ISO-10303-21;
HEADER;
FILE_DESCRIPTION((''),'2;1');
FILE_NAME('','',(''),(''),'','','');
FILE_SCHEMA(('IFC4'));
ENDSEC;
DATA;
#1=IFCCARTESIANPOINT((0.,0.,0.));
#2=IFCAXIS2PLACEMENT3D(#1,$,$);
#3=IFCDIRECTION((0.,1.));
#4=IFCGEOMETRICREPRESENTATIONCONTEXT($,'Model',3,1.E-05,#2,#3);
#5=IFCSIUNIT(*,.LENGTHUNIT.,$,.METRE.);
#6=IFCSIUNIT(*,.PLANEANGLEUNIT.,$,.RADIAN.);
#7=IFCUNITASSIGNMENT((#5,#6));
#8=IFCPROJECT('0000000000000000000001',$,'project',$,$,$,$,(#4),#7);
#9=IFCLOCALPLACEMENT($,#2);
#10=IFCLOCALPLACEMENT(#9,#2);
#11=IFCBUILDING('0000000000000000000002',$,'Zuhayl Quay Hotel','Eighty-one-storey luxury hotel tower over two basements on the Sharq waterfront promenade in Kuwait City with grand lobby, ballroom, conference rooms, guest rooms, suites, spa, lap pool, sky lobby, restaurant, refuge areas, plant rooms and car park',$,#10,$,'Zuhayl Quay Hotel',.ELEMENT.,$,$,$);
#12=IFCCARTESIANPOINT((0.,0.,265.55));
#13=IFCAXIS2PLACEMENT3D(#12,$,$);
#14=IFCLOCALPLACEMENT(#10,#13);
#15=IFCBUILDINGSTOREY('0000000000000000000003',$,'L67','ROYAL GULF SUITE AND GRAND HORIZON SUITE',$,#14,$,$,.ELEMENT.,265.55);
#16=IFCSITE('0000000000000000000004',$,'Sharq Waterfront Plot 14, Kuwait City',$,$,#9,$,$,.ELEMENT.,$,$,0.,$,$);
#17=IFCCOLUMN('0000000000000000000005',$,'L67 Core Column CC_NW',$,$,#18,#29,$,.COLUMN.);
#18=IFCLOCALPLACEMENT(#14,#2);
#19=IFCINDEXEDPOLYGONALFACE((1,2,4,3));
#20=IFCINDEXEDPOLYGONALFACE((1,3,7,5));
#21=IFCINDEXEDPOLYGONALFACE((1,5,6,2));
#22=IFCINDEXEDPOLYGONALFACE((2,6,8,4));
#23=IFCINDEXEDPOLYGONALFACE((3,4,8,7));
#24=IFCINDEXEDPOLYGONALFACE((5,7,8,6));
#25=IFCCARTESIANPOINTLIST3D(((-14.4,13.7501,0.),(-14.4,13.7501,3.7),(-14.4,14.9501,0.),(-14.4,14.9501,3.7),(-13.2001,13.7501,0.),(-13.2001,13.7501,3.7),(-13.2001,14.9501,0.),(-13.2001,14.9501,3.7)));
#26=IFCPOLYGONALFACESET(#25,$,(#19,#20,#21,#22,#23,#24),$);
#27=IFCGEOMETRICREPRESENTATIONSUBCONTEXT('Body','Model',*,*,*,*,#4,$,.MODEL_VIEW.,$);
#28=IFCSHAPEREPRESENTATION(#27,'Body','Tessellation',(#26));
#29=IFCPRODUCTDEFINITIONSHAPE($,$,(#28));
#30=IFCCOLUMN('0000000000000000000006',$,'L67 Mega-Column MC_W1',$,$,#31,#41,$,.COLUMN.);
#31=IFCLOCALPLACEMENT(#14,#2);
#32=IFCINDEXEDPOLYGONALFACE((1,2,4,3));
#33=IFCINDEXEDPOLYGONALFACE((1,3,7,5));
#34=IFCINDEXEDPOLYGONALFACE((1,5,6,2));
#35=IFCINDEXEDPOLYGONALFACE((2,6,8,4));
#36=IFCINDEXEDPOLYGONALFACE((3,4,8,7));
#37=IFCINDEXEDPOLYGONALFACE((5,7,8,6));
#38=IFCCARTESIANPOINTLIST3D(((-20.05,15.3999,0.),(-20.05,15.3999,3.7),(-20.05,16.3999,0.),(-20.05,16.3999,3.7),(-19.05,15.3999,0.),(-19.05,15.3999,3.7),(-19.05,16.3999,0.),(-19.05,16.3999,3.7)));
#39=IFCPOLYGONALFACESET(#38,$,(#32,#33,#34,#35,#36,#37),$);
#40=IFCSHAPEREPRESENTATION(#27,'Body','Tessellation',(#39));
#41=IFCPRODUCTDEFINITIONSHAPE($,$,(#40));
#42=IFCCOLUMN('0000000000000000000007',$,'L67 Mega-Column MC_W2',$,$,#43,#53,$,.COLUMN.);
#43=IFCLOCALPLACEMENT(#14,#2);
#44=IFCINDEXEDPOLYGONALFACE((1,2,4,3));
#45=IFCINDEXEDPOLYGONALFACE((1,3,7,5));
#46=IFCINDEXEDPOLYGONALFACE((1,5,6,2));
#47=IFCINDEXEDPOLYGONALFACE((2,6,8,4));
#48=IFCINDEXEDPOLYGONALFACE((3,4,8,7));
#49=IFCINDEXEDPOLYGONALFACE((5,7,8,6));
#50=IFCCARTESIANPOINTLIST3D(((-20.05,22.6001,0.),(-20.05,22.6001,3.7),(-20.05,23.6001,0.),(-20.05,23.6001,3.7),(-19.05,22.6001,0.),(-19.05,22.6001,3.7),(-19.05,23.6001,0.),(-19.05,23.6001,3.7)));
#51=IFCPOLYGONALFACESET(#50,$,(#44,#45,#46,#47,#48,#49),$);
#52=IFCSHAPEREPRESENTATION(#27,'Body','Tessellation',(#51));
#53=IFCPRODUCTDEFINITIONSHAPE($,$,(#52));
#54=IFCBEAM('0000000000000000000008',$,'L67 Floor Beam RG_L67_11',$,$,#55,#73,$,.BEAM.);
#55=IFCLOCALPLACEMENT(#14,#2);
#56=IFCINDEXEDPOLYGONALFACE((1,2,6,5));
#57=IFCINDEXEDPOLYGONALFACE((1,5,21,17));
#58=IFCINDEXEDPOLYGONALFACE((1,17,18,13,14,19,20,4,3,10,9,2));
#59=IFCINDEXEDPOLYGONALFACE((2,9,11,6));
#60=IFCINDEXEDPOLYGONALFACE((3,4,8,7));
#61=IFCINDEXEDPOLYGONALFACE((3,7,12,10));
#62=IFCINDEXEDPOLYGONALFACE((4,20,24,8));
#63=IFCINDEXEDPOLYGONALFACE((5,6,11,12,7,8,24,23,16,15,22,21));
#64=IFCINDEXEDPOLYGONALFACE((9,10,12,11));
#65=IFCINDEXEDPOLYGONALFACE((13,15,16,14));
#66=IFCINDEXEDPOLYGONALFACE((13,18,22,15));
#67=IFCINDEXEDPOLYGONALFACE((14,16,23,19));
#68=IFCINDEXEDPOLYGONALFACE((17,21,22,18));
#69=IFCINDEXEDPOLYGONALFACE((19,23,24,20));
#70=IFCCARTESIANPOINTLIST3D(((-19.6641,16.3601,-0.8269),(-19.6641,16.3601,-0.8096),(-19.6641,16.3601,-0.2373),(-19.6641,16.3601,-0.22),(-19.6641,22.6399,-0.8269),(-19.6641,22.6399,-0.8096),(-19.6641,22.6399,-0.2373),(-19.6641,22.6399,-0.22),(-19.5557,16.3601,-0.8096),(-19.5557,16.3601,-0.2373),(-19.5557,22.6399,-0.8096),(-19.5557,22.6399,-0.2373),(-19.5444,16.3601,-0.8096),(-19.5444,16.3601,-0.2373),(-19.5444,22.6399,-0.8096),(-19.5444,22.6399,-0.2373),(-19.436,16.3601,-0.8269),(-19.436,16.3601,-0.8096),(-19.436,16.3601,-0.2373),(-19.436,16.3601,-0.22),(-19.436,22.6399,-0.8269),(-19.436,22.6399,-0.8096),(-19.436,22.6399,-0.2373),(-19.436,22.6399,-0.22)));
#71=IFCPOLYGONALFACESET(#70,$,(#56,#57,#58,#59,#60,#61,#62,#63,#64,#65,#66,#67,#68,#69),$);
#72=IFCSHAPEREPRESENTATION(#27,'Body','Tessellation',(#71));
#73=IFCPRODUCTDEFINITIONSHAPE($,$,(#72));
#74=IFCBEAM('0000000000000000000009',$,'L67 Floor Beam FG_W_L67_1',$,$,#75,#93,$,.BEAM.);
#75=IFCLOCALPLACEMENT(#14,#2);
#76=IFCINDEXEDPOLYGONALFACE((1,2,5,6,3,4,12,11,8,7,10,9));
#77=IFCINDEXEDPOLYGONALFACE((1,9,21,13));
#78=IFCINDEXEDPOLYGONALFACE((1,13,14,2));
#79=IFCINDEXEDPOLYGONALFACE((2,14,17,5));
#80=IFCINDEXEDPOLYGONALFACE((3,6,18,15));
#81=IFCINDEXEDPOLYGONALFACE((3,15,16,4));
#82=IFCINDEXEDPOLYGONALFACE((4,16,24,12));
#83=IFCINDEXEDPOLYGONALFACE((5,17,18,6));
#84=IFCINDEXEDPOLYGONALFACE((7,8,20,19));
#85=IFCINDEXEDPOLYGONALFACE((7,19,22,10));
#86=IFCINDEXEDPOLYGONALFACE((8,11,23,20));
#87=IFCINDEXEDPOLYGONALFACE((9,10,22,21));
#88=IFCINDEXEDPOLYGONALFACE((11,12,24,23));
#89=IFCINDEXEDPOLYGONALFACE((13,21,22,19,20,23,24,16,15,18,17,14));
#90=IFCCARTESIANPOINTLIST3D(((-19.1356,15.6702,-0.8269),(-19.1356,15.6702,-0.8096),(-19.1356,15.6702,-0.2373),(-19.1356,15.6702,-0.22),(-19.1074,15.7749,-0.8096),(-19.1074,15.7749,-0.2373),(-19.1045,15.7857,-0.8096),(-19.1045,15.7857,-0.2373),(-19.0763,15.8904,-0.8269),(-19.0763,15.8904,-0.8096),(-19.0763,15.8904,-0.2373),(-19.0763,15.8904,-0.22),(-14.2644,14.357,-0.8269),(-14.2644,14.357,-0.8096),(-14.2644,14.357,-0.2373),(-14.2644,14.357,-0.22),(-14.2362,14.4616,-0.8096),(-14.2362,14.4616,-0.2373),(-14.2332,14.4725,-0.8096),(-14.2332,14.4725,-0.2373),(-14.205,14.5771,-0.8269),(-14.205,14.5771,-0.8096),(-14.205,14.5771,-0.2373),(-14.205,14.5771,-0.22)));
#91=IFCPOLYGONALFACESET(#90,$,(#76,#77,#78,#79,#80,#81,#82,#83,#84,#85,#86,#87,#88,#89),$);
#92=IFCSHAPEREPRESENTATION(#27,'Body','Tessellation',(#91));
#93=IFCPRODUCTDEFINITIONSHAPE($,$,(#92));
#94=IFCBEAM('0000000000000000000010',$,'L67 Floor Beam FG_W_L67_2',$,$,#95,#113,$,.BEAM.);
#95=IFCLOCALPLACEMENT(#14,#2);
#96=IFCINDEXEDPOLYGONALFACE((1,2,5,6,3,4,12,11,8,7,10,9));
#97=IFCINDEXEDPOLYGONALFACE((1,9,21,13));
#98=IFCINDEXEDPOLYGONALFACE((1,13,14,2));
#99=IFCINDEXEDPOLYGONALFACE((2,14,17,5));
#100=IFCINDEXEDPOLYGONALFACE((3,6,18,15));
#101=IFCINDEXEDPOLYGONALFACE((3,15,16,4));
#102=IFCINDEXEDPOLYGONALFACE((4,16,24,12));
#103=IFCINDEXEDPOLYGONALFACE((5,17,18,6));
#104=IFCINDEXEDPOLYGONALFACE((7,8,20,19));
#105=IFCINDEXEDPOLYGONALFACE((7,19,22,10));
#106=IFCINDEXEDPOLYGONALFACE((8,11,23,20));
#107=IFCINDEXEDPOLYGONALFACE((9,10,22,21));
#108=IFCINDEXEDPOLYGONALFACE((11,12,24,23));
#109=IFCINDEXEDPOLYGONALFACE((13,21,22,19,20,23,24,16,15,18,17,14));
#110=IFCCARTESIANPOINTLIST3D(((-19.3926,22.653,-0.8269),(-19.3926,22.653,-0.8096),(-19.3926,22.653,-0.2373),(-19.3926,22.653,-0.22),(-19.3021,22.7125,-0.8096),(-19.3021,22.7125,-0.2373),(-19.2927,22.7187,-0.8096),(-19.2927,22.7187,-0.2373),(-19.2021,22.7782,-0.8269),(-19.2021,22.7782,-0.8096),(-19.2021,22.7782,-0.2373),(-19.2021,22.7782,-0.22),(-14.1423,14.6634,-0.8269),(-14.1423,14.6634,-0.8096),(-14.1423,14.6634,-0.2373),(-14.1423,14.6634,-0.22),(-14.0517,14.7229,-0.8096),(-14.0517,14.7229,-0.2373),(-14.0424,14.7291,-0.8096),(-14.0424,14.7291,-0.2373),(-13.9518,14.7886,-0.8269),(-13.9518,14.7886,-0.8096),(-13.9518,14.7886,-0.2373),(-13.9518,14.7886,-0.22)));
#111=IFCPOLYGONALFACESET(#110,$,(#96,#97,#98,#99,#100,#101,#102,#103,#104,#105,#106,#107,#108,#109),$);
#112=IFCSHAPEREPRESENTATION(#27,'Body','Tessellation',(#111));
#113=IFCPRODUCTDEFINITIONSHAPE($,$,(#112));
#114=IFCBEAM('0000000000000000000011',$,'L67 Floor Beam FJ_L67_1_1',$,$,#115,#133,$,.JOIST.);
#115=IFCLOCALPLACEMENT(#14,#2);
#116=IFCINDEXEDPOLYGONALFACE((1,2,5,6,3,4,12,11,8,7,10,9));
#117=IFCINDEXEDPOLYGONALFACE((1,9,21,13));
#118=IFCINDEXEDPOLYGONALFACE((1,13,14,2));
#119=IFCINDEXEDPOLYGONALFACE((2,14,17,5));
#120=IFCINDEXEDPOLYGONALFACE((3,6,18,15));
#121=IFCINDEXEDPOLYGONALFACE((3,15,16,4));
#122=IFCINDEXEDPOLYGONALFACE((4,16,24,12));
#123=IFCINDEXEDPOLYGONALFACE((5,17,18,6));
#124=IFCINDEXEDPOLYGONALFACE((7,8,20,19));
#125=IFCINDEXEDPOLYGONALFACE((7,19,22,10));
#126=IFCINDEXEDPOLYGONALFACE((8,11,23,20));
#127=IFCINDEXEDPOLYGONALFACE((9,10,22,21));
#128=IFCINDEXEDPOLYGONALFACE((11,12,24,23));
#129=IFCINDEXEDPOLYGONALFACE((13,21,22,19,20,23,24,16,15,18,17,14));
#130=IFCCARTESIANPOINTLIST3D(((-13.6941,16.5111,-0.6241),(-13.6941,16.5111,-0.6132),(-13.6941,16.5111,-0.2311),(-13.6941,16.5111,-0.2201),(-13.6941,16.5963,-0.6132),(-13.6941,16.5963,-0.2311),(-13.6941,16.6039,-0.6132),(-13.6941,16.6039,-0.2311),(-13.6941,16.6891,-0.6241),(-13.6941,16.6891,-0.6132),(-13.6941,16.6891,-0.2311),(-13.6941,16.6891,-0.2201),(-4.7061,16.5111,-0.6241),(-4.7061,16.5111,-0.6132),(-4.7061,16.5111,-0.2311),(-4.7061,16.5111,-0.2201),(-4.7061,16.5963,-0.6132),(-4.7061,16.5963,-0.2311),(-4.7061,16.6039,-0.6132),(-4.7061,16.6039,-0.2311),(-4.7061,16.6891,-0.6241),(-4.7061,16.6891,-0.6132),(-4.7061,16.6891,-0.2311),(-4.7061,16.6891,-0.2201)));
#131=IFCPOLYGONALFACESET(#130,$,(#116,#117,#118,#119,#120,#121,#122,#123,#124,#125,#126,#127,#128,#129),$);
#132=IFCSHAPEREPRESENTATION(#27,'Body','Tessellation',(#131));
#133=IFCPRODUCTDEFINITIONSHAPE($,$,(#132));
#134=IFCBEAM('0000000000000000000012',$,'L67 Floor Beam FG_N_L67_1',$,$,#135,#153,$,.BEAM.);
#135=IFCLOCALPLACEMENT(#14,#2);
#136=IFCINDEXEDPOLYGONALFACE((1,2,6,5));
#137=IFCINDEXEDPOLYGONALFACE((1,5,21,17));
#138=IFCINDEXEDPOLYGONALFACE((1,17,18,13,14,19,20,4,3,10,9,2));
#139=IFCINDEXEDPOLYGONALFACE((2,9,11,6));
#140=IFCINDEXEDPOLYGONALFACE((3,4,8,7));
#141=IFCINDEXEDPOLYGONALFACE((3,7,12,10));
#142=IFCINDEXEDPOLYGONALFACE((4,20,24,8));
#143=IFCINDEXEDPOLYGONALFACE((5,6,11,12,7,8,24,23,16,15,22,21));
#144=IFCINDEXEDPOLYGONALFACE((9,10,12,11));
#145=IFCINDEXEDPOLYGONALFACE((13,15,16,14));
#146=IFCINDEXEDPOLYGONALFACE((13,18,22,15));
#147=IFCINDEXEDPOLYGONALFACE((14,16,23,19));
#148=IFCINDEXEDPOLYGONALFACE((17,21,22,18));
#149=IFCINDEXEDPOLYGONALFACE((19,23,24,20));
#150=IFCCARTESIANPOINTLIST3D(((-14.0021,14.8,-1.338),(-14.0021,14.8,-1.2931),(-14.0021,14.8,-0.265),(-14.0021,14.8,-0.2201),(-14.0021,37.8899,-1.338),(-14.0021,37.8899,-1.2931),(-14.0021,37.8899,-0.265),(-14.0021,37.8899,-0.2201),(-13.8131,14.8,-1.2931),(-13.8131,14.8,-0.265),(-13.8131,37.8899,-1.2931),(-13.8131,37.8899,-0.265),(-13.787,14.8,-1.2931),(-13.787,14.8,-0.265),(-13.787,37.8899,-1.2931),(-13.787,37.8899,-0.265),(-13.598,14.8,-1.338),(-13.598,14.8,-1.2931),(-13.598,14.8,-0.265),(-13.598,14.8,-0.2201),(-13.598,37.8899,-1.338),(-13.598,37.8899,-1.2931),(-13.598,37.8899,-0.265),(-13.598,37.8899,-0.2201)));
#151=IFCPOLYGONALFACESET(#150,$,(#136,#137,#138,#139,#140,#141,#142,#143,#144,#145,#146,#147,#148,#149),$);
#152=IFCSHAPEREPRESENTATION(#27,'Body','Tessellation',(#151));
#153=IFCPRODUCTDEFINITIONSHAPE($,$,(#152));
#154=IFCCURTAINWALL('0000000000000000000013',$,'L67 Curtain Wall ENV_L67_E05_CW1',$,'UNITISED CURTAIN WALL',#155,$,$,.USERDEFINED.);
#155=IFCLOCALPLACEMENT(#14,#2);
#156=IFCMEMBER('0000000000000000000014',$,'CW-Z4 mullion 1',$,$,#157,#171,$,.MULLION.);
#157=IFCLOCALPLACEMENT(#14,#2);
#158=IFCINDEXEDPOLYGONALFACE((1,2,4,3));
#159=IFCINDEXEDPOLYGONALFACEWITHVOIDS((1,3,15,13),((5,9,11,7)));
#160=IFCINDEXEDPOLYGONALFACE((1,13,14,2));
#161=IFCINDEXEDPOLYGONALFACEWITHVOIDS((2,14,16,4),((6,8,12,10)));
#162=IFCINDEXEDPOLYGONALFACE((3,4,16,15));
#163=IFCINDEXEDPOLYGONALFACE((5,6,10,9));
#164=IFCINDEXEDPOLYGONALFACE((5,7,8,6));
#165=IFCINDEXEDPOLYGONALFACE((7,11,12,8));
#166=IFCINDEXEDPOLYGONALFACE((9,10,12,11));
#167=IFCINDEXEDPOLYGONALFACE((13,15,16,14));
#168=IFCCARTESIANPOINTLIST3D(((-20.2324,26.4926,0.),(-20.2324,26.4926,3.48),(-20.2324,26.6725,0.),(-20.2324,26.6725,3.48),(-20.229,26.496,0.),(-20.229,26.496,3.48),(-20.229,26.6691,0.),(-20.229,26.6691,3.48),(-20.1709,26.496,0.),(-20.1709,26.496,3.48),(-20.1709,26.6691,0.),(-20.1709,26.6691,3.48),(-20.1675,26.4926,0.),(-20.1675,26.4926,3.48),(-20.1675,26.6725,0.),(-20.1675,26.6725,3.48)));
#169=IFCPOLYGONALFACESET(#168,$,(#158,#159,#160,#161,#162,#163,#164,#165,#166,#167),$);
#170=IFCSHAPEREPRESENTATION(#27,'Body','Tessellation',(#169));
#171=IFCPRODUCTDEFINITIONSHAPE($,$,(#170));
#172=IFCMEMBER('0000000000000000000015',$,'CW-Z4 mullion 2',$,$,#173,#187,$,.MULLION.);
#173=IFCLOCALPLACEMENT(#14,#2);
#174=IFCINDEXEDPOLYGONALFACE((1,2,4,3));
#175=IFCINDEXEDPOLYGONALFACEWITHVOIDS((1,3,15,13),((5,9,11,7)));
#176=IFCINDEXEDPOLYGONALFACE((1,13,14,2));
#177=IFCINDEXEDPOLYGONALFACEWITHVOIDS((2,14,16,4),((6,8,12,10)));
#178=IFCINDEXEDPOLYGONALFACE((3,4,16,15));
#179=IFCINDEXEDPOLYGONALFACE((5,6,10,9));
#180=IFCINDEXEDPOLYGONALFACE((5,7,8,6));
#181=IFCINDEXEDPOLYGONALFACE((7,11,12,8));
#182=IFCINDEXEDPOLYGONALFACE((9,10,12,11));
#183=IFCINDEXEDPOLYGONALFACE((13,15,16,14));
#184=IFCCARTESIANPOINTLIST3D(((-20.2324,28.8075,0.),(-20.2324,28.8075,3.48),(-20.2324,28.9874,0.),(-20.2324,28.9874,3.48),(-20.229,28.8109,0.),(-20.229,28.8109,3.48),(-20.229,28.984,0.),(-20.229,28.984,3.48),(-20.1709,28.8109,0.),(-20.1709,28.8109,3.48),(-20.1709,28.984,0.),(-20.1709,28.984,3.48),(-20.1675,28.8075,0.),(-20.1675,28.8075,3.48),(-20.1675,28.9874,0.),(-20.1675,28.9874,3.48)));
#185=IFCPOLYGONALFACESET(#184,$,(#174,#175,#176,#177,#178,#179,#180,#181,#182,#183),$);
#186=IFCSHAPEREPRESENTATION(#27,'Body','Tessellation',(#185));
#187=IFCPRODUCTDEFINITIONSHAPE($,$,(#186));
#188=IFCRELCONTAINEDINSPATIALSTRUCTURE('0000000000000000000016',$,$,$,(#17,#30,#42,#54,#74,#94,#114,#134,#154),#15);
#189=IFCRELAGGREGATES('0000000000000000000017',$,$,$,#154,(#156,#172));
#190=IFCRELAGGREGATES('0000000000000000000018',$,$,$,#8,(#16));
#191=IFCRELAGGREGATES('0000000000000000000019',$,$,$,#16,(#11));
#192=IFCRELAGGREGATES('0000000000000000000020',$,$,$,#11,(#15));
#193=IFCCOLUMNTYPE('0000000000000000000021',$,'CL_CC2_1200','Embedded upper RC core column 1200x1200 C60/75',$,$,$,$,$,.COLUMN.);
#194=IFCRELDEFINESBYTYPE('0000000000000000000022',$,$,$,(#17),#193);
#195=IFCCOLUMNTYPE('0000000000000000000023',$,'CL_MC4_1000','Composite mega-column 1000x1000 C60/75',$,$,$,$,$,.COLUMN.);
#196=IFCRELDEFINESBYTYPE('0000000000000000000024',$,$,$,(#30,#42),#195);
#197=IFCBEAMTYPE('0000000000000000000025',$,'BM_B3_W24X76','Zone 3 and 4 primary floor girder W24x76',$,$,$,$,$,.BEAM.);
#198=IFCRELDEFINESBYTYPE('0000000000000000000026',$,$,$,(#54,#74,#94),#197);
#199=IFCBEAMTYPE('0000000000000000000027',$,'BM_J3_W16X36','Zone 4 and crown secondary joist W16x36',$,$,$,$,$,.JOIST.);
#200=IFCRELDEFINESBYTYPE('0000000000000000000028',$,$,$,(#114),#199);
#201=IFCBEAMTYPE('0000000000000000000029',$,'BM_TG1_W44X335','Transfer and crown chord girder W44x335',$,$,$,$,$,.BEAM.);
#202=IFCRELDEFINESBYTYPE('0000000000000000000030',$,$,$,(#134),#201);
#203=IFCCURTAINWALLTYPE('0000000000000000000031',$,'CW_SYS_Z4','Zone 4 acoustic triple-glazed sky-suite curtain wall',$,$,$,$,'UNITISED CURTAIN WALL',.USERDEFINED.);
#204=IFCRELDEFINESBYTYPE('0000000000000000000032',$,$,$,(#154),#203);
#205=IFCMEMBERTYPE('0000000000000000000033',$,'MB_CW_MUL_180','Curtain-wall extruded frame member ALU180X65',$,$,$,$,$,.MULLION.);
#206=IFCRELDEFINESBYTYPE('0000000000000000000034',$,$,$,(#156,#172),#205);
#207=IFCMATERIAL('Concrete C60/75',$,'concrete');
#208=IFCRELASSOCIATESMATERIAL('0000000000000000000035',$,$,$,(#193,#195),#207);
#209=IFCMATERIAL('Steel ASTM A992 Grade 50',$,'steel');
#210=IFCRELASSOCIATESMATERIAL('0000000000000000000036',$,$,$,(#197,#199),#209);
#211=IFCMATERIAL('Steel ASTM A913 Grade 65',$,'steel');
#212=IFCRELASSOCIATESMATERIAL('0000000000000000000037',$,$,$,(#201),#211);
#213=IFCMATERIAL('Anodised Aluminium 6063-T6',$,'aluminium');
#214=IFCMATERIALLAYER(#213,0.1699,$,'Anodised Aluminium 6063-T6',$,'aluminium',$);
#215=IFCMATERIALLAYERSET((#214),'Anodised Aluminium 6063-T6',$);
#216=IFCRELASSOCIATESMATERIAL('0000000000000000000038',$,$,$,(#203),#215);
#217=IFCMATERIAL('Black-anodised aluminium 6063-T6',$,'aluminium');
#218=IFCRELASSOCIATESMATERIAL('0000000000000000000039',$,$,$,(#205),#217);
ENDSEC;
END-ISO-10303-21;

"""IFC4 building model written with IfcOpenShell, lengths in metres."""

from ifc_helpers import new_model, si_unit, direction, frame, origin, origin_2d, place, context, subcontext, project, spatial, rectangle, hollow_rectangle, i_section, extrude, material, layer, layer_set, material_profile, profile_set, type_object, element, aggregate, save


model = new_model("IFC4")

# Units and contexts
model_context = context("Model", 3, precision=1e-05, world=origin(), true_north=direction((0.0, 1.0)))
body_context = subcontext(model_context, "Body", "Model", "MODEL_VIEW")
ifc_project = project(units=[si_unit("LENGTHUNIT", "METRE"), si_unit("PLANEANGLEUNIT", "RADIAN")], contexts=[model_context])

# Site, building, storey
site_placement = place(None, origin())
site = spatial("IfcSite", under=ifc_project, at=site_placement, Name="Sharq Waterfront Plot 14, Kuwait City", CompositionType="ELEMENT", RefElevation=0.0)
building_placement = place(site_placement, origin())
building = spatial("IfcBuilding", under=site, at=building_placement, Name="Zuhayl Quay Hotel", Description="Eighty-one-storey luxury hotel tower over two basements on the Sharq waterfront promenade in Kuwait City with grand lobby, ballroom, conference rooms, guest rooms, suites, spa, lap pool, sky lobby, restaurant, refuge areas, plant rooms and car park", LongName="Zuhayl Quay Hotel", CompositionType="ELEMENT")
storey_placement = place(building_placement, frame((0.0, 0.0, 265.55)))
storey = spatial("IfcBuildingStorey", under=building, at=storey_placement, Name="L67", Description="ROYAL GULF SUITE AND GRAND HORIZON SUITE", CompositionType="ELEMENT", Elevation=265.55)

# Columns
ifc_material_1 = material(Name="Concrete C60/75", Category="concrete")
ifc_material_profile_1 = material_profile(ifc_material_1, rectangle(XDim=1.2, YDim=1.2, at=origin_2d()), Name="RC1200X1200")
ifc_profile_set_1 = profile_set([ifc_material_profile_1], Name="Concrete C60/75")
column_type_1 = type_object("IfcColumnType", Name="CL_CC2_1200", Description="Embedded upper RC core column 1200x1200 C60/75", PredefinedType="COLUMN", material=ifc_profile_set_1)
column_placement = place(storey_placement, frame((-13.8, 14.3501, 0.0), z_axis=(0.0, 0.0, 1.0), x_axis=(1.0, 0.0, 0.0)))
element("IfcColumn", 1, at=column_placement, inside=storey, type_object=column_type_1, Name="L67 Core Column CC_NW", PredefinedType="COLUMN", context=body_context, shape_type="SweptSolid", body=[
    extrude(rectangle(XDim=1.2, YDim=1.2, at=origin_2d()), origin(), (0.0, 0.0, 1.0), 3.7),
])
ifc_material_profile_2 = material_profile(ifc_material_1, rectangle(XDim=1.0, YDim=1.0, at=origin_2d()), Name="RC1000X1000")
ifc_profile_set_2 = profile_set([ifc_material_profile_2], Name="Concrete C60/75")
column_type_2 = type_object("IfcColumnType", Name="CL_MC4_1000", Description="Composite mega-column 1000x1000 C60/75", PredefinedType="COLUMN", material=ifc_profile_set_2)
for number, where, z_axis, x_axis, name in (
    (2, (-19.55, 15.8999, 0.0), (0.0, 0.0, 1.0), (1.0, 0.0, 0.0), "L67 Mega-Column MC_W1"),
    (3, (-19.55, 23.1001, 0.0), (0.0, 0.0, 1.0), (1.0, 0.0, 0.0), "L67 Mega-Column MC_W2"),
):
    element("IfcColumn", number, at=place(storey_placement, frame(where, z_axis=z_axis, x_axis=x_axis)), inside=storey, type_object=column_type_2, Name=name, PredefinedType="COLUMN", context=body_context, shape_type="SweptSolid", body=[
        extrude(rectangle(XDim=1.0, YDim=1.0, at=origin_2d()), origin(), (0.0, 0.0, 1.0), 3.7),
    ])

# Beams
ifc_material_2 = material(Name="Steel ASTM A992 Grade 50", Category="steel")
ifc_material_profile_3 = material_profile(ifc_material_2, i_section(OverallWidth=0.228, OverallDepth=0.6069, WebThickness=0.0112, FlangeThickness=0.0173, at=origin_2d()), Name="W24X76")
ifc_profile_set_3 = profile_set([ifc_material_profile_3], Name="Steel ASTM A992 Grade 50")
beam_type_1 = type_object("IfcBeamType", Name="BM_B3_W24X76", Description="Zone 3 and 4 primary floor girder W24x76", PredefinedType="BEAM", material=ifc_profile_set_3)
beam_1_placement = place(storey_placement, frame((-19.55, 22.6399, -0.5234), z_axis=(0.0, -1.0, 0.0), x_axis=(1.0, 0.0, 0.0)))
element("IfcBeam", 4, at=beam_1_placement, inside=storey, type_object=beam_type_1, Name="L67 Floor Beam RG_L67_11", PredefinedType="BEAM", context=body_context, shape_type="SweptSolid", body=[
    extrude(i_section(OverallWidth=0.228, OverallDepth=0.6069, WebThickness=0.0112, FlangeThickness=0.0173, at=origin_2d()), origin(), (0.0, 0.0, 1.0), 6.2798),
])
beam_2_placement = place(storey_placement, frame((-19.106, 15.7803, -0.5234), z_axis=(0.96553, -0.260291, 0.0), x_axis=(0.260291, 0.96553, 0.0)))
element("IfcBeam", 5, at=beam_2_placement, inside=storey, type_object=beam_type_1, Name="L67 Floor Beam FG_W_L67_1", PredefinedType="BEAM", context=body_context, shape_type="SweptSolid", body=[
    extrude(i_section(OverallWidth=0.228, OverallDepth=0.6069, WebThickness=0.0112, FlangeThickness=0.0173, at=origin_2d()), origin(), (0.0, 0.0, 1.0), 5.0452),
])
beam_3_placement = place(storey_placement, frame((-19.2974, 22.7156, -0.5234), z_axis=(0.549178, -0.835705, 0.0), x_axis=(0.835705, 0.549178, 0.0)))
element("IfcBeam", 6, at=beam_3_placement, inside=storey, type_object=beam_type_1, Name="L67 Floor Beam FG_W_L67_2", PredefinedType="BEAM", context=body_context, shape_type="SweptSolid", body=[
    extrude(i_section(OverallWidth=0.228, OverallDepth=0.6069, WebThickness=0.0112, FlangeThickness=0.0173, at=origin_2d()), origin(), (0.0, 0.0, 1.0), 9.5603),
])
ifc_material_profile_4 = material_profile(ifc_material_2, i_section(OverallWidth=0.178, OverallDepth=0.4041, WebThickness=0.0076, FlangeThickness=0.011, at=origin_2d()), Name="W16X36")
ifc_profile_set_4 = profile_set([ifc_material_profile_4], Name="Steel ASTM A992 Grade 50")
beam_type_2 = type_object("IfcBeamType", Name="BM_J3_W16X36", Description="Zone 4 and crown secondary joist W16x36", PredefinedType="JOIST", material=ifc_profile_set_4)
beam_4_placement = place(storey_placement, frame((-13.6941, 16.6001, -0.4221), z_axis=(1.0, 0.0, 0.0), x_axis=(0.0, 1.0, 0.0)))
element("IfcBeam", 7, at=beam_4_placement, inside=storey, type_object=beam_type_2, Name="L67 Floor Beam FJ_L67_1_1", PredefinedType="JOIST", context=body_context, shape_type="SweptSolid", body=[
    extrude(i_section(OverallWidth=0.178, OverallDepth=0.4041, WebThickness=0.0076, FlangeThickness=0.011, at=origin_2d()), origin(), (0.0, 0.0, 1.0), 8.988),
])
ifc_material_3 = material(Name="Steel ASTM A913 Grade 65", Category="steel")
ifc_material_profile_5 = material_profile(ifc_material_3, i_section(OverallWidth=0.4041, OverallDepth=1.1179, WebThickness=0.0261, FlangeThickness=0.0449, at=origin_2d()), Name="W44X335")
ifc_profile_set_5 = profile_set([ifc_material_profile_5], Name="Steel ASTM A913 Grade 65")
beam_type_3 = type_object("IfcBeamType", Name="BM_TG1_W44X335", Description="Transfer and crown chord girder W44x335", PredefinedType="BEAM", material=ifc_profile_set_5)
beam_5_placement = place(storey_placement, frame((-13.8, 14.8, -0.7791), z_axis=(0.0, 1.0, 0.0), x_axis=(-1.0, 0.0, 0.0)))
element("IfcBeam", 8, at=beam_5_placement, inside=storey, type_object=beam_type_3, Name="L67 Floor Beam FG_N_L67_1", PredefinedType="BEAM", context=body_context, shape_type="SweptSolid", body=[
    extrude(i_section(OverallWidth=0.4041, OverallDepth=1.1179, WebThickness=0.0261, FlangeThickness=0.0449, at=origin_2d()), origin(), (0.0, 0.0, 1.0), 23.0898),
])

# Curtain wall, members
ifc_material_4 = material(Name="Anodised Aluminium 6063-T6", Category="aluminium")
ifc_layer_1 = layer(ifc_material_4, 0.1699, Name="Anodised Aluminium 6063-T6", Category="aluminium")
ifc_layer_set_1 = layer_set([ifc_layer_1], Name="Anodised Aluminium 6063-T6")
curtain_wall_type = type_object("IfcCurtainWallType", Name="CW_SYS_Z4", Description="Zone 4 acoustic triple-glazed sky-suite curtain wall", ElementType="UNITISED CURTAIN WALL", PredefinedType="USERDEFINED", material=ifc_layer_set_1)
curtain_wall_placement = place(storey_placement, origin())
curtain_wall = element("IfcCurtainWall", 9, at=curtain_wall_placement, inside=storey, type_object=curtain_wall_type, Name="L67 Curtain Wall ENV_L67_E05_CW1", ObjectType="UNITISED CURTAIN WALL", PredefinedType="USERDEFINED")
ifc_material_5 = material(Name="Black-anodised aluminium 6063-T6", Category="aluminium")
ifc_material_profile_6 = material_profile(ifc_material_5, hollow_rectangle(XDim=0.0649, YDim=0.1799, WallThickness=0.0034, at=origin_2d()), Name="ALU180X65")
ifc_profile_set_6 = profile_set([ifc_material_profile_6], Name="Black-anodised aluminium 6063-T6")
member_type_1 = type_object("IfcMemberType", Name="MB_CW_MUL_180", Description="Curtain-wall extruded frame member ALU180X65", PredefinedType="MULLION", material=ifc_profile_set_6)
member_1_placement = place(storey_placement, frame((-20.2, 26.5825, 0.0), z_axis=(0.0, 0.0, 1.0), x_axis=(-1.0, 0.0, 0.0)))
member_1 = element("IfcMember", 10, at=member_1_placement, type_object=member_type_1, Name="CW-Z4 mullion 1", PredefinedType="MULLION", context=body_context, shape_type="SweptSolid", body=[
    extrude(hollow_rectangle(XDim=0.0649, YDim=0.1799, WallThickness=0.0034, at=origin_2d()), origin(), (0.0, 0.0, 1.0), 3.48),
])
member_2_placement = place(storey_placement, frame((-20.2, 28.8975, 0.0), z_axis=(0.0, 0.0, 1.0), x_axis=(-1.0, 0.0, 0.0)))
member_2 = element("IfcMember", 11, at=member_2_placement, type_object=member_type_1, Name="CW-Z4 mullion 2", PredefinedType="MULLION", context=body_context, shape_type="SweptSolid", body=[
    extrude(hollow_rectangle(XDim=0.0649, YDim=0.1799, WallThickness=0.0034, at=origin_2d()), origin(), (0.0, 0.0, 1.0), 3.48),
])
aggregate(curtain_wall, [member_1, member_2])

save(model, "model.ifc")
